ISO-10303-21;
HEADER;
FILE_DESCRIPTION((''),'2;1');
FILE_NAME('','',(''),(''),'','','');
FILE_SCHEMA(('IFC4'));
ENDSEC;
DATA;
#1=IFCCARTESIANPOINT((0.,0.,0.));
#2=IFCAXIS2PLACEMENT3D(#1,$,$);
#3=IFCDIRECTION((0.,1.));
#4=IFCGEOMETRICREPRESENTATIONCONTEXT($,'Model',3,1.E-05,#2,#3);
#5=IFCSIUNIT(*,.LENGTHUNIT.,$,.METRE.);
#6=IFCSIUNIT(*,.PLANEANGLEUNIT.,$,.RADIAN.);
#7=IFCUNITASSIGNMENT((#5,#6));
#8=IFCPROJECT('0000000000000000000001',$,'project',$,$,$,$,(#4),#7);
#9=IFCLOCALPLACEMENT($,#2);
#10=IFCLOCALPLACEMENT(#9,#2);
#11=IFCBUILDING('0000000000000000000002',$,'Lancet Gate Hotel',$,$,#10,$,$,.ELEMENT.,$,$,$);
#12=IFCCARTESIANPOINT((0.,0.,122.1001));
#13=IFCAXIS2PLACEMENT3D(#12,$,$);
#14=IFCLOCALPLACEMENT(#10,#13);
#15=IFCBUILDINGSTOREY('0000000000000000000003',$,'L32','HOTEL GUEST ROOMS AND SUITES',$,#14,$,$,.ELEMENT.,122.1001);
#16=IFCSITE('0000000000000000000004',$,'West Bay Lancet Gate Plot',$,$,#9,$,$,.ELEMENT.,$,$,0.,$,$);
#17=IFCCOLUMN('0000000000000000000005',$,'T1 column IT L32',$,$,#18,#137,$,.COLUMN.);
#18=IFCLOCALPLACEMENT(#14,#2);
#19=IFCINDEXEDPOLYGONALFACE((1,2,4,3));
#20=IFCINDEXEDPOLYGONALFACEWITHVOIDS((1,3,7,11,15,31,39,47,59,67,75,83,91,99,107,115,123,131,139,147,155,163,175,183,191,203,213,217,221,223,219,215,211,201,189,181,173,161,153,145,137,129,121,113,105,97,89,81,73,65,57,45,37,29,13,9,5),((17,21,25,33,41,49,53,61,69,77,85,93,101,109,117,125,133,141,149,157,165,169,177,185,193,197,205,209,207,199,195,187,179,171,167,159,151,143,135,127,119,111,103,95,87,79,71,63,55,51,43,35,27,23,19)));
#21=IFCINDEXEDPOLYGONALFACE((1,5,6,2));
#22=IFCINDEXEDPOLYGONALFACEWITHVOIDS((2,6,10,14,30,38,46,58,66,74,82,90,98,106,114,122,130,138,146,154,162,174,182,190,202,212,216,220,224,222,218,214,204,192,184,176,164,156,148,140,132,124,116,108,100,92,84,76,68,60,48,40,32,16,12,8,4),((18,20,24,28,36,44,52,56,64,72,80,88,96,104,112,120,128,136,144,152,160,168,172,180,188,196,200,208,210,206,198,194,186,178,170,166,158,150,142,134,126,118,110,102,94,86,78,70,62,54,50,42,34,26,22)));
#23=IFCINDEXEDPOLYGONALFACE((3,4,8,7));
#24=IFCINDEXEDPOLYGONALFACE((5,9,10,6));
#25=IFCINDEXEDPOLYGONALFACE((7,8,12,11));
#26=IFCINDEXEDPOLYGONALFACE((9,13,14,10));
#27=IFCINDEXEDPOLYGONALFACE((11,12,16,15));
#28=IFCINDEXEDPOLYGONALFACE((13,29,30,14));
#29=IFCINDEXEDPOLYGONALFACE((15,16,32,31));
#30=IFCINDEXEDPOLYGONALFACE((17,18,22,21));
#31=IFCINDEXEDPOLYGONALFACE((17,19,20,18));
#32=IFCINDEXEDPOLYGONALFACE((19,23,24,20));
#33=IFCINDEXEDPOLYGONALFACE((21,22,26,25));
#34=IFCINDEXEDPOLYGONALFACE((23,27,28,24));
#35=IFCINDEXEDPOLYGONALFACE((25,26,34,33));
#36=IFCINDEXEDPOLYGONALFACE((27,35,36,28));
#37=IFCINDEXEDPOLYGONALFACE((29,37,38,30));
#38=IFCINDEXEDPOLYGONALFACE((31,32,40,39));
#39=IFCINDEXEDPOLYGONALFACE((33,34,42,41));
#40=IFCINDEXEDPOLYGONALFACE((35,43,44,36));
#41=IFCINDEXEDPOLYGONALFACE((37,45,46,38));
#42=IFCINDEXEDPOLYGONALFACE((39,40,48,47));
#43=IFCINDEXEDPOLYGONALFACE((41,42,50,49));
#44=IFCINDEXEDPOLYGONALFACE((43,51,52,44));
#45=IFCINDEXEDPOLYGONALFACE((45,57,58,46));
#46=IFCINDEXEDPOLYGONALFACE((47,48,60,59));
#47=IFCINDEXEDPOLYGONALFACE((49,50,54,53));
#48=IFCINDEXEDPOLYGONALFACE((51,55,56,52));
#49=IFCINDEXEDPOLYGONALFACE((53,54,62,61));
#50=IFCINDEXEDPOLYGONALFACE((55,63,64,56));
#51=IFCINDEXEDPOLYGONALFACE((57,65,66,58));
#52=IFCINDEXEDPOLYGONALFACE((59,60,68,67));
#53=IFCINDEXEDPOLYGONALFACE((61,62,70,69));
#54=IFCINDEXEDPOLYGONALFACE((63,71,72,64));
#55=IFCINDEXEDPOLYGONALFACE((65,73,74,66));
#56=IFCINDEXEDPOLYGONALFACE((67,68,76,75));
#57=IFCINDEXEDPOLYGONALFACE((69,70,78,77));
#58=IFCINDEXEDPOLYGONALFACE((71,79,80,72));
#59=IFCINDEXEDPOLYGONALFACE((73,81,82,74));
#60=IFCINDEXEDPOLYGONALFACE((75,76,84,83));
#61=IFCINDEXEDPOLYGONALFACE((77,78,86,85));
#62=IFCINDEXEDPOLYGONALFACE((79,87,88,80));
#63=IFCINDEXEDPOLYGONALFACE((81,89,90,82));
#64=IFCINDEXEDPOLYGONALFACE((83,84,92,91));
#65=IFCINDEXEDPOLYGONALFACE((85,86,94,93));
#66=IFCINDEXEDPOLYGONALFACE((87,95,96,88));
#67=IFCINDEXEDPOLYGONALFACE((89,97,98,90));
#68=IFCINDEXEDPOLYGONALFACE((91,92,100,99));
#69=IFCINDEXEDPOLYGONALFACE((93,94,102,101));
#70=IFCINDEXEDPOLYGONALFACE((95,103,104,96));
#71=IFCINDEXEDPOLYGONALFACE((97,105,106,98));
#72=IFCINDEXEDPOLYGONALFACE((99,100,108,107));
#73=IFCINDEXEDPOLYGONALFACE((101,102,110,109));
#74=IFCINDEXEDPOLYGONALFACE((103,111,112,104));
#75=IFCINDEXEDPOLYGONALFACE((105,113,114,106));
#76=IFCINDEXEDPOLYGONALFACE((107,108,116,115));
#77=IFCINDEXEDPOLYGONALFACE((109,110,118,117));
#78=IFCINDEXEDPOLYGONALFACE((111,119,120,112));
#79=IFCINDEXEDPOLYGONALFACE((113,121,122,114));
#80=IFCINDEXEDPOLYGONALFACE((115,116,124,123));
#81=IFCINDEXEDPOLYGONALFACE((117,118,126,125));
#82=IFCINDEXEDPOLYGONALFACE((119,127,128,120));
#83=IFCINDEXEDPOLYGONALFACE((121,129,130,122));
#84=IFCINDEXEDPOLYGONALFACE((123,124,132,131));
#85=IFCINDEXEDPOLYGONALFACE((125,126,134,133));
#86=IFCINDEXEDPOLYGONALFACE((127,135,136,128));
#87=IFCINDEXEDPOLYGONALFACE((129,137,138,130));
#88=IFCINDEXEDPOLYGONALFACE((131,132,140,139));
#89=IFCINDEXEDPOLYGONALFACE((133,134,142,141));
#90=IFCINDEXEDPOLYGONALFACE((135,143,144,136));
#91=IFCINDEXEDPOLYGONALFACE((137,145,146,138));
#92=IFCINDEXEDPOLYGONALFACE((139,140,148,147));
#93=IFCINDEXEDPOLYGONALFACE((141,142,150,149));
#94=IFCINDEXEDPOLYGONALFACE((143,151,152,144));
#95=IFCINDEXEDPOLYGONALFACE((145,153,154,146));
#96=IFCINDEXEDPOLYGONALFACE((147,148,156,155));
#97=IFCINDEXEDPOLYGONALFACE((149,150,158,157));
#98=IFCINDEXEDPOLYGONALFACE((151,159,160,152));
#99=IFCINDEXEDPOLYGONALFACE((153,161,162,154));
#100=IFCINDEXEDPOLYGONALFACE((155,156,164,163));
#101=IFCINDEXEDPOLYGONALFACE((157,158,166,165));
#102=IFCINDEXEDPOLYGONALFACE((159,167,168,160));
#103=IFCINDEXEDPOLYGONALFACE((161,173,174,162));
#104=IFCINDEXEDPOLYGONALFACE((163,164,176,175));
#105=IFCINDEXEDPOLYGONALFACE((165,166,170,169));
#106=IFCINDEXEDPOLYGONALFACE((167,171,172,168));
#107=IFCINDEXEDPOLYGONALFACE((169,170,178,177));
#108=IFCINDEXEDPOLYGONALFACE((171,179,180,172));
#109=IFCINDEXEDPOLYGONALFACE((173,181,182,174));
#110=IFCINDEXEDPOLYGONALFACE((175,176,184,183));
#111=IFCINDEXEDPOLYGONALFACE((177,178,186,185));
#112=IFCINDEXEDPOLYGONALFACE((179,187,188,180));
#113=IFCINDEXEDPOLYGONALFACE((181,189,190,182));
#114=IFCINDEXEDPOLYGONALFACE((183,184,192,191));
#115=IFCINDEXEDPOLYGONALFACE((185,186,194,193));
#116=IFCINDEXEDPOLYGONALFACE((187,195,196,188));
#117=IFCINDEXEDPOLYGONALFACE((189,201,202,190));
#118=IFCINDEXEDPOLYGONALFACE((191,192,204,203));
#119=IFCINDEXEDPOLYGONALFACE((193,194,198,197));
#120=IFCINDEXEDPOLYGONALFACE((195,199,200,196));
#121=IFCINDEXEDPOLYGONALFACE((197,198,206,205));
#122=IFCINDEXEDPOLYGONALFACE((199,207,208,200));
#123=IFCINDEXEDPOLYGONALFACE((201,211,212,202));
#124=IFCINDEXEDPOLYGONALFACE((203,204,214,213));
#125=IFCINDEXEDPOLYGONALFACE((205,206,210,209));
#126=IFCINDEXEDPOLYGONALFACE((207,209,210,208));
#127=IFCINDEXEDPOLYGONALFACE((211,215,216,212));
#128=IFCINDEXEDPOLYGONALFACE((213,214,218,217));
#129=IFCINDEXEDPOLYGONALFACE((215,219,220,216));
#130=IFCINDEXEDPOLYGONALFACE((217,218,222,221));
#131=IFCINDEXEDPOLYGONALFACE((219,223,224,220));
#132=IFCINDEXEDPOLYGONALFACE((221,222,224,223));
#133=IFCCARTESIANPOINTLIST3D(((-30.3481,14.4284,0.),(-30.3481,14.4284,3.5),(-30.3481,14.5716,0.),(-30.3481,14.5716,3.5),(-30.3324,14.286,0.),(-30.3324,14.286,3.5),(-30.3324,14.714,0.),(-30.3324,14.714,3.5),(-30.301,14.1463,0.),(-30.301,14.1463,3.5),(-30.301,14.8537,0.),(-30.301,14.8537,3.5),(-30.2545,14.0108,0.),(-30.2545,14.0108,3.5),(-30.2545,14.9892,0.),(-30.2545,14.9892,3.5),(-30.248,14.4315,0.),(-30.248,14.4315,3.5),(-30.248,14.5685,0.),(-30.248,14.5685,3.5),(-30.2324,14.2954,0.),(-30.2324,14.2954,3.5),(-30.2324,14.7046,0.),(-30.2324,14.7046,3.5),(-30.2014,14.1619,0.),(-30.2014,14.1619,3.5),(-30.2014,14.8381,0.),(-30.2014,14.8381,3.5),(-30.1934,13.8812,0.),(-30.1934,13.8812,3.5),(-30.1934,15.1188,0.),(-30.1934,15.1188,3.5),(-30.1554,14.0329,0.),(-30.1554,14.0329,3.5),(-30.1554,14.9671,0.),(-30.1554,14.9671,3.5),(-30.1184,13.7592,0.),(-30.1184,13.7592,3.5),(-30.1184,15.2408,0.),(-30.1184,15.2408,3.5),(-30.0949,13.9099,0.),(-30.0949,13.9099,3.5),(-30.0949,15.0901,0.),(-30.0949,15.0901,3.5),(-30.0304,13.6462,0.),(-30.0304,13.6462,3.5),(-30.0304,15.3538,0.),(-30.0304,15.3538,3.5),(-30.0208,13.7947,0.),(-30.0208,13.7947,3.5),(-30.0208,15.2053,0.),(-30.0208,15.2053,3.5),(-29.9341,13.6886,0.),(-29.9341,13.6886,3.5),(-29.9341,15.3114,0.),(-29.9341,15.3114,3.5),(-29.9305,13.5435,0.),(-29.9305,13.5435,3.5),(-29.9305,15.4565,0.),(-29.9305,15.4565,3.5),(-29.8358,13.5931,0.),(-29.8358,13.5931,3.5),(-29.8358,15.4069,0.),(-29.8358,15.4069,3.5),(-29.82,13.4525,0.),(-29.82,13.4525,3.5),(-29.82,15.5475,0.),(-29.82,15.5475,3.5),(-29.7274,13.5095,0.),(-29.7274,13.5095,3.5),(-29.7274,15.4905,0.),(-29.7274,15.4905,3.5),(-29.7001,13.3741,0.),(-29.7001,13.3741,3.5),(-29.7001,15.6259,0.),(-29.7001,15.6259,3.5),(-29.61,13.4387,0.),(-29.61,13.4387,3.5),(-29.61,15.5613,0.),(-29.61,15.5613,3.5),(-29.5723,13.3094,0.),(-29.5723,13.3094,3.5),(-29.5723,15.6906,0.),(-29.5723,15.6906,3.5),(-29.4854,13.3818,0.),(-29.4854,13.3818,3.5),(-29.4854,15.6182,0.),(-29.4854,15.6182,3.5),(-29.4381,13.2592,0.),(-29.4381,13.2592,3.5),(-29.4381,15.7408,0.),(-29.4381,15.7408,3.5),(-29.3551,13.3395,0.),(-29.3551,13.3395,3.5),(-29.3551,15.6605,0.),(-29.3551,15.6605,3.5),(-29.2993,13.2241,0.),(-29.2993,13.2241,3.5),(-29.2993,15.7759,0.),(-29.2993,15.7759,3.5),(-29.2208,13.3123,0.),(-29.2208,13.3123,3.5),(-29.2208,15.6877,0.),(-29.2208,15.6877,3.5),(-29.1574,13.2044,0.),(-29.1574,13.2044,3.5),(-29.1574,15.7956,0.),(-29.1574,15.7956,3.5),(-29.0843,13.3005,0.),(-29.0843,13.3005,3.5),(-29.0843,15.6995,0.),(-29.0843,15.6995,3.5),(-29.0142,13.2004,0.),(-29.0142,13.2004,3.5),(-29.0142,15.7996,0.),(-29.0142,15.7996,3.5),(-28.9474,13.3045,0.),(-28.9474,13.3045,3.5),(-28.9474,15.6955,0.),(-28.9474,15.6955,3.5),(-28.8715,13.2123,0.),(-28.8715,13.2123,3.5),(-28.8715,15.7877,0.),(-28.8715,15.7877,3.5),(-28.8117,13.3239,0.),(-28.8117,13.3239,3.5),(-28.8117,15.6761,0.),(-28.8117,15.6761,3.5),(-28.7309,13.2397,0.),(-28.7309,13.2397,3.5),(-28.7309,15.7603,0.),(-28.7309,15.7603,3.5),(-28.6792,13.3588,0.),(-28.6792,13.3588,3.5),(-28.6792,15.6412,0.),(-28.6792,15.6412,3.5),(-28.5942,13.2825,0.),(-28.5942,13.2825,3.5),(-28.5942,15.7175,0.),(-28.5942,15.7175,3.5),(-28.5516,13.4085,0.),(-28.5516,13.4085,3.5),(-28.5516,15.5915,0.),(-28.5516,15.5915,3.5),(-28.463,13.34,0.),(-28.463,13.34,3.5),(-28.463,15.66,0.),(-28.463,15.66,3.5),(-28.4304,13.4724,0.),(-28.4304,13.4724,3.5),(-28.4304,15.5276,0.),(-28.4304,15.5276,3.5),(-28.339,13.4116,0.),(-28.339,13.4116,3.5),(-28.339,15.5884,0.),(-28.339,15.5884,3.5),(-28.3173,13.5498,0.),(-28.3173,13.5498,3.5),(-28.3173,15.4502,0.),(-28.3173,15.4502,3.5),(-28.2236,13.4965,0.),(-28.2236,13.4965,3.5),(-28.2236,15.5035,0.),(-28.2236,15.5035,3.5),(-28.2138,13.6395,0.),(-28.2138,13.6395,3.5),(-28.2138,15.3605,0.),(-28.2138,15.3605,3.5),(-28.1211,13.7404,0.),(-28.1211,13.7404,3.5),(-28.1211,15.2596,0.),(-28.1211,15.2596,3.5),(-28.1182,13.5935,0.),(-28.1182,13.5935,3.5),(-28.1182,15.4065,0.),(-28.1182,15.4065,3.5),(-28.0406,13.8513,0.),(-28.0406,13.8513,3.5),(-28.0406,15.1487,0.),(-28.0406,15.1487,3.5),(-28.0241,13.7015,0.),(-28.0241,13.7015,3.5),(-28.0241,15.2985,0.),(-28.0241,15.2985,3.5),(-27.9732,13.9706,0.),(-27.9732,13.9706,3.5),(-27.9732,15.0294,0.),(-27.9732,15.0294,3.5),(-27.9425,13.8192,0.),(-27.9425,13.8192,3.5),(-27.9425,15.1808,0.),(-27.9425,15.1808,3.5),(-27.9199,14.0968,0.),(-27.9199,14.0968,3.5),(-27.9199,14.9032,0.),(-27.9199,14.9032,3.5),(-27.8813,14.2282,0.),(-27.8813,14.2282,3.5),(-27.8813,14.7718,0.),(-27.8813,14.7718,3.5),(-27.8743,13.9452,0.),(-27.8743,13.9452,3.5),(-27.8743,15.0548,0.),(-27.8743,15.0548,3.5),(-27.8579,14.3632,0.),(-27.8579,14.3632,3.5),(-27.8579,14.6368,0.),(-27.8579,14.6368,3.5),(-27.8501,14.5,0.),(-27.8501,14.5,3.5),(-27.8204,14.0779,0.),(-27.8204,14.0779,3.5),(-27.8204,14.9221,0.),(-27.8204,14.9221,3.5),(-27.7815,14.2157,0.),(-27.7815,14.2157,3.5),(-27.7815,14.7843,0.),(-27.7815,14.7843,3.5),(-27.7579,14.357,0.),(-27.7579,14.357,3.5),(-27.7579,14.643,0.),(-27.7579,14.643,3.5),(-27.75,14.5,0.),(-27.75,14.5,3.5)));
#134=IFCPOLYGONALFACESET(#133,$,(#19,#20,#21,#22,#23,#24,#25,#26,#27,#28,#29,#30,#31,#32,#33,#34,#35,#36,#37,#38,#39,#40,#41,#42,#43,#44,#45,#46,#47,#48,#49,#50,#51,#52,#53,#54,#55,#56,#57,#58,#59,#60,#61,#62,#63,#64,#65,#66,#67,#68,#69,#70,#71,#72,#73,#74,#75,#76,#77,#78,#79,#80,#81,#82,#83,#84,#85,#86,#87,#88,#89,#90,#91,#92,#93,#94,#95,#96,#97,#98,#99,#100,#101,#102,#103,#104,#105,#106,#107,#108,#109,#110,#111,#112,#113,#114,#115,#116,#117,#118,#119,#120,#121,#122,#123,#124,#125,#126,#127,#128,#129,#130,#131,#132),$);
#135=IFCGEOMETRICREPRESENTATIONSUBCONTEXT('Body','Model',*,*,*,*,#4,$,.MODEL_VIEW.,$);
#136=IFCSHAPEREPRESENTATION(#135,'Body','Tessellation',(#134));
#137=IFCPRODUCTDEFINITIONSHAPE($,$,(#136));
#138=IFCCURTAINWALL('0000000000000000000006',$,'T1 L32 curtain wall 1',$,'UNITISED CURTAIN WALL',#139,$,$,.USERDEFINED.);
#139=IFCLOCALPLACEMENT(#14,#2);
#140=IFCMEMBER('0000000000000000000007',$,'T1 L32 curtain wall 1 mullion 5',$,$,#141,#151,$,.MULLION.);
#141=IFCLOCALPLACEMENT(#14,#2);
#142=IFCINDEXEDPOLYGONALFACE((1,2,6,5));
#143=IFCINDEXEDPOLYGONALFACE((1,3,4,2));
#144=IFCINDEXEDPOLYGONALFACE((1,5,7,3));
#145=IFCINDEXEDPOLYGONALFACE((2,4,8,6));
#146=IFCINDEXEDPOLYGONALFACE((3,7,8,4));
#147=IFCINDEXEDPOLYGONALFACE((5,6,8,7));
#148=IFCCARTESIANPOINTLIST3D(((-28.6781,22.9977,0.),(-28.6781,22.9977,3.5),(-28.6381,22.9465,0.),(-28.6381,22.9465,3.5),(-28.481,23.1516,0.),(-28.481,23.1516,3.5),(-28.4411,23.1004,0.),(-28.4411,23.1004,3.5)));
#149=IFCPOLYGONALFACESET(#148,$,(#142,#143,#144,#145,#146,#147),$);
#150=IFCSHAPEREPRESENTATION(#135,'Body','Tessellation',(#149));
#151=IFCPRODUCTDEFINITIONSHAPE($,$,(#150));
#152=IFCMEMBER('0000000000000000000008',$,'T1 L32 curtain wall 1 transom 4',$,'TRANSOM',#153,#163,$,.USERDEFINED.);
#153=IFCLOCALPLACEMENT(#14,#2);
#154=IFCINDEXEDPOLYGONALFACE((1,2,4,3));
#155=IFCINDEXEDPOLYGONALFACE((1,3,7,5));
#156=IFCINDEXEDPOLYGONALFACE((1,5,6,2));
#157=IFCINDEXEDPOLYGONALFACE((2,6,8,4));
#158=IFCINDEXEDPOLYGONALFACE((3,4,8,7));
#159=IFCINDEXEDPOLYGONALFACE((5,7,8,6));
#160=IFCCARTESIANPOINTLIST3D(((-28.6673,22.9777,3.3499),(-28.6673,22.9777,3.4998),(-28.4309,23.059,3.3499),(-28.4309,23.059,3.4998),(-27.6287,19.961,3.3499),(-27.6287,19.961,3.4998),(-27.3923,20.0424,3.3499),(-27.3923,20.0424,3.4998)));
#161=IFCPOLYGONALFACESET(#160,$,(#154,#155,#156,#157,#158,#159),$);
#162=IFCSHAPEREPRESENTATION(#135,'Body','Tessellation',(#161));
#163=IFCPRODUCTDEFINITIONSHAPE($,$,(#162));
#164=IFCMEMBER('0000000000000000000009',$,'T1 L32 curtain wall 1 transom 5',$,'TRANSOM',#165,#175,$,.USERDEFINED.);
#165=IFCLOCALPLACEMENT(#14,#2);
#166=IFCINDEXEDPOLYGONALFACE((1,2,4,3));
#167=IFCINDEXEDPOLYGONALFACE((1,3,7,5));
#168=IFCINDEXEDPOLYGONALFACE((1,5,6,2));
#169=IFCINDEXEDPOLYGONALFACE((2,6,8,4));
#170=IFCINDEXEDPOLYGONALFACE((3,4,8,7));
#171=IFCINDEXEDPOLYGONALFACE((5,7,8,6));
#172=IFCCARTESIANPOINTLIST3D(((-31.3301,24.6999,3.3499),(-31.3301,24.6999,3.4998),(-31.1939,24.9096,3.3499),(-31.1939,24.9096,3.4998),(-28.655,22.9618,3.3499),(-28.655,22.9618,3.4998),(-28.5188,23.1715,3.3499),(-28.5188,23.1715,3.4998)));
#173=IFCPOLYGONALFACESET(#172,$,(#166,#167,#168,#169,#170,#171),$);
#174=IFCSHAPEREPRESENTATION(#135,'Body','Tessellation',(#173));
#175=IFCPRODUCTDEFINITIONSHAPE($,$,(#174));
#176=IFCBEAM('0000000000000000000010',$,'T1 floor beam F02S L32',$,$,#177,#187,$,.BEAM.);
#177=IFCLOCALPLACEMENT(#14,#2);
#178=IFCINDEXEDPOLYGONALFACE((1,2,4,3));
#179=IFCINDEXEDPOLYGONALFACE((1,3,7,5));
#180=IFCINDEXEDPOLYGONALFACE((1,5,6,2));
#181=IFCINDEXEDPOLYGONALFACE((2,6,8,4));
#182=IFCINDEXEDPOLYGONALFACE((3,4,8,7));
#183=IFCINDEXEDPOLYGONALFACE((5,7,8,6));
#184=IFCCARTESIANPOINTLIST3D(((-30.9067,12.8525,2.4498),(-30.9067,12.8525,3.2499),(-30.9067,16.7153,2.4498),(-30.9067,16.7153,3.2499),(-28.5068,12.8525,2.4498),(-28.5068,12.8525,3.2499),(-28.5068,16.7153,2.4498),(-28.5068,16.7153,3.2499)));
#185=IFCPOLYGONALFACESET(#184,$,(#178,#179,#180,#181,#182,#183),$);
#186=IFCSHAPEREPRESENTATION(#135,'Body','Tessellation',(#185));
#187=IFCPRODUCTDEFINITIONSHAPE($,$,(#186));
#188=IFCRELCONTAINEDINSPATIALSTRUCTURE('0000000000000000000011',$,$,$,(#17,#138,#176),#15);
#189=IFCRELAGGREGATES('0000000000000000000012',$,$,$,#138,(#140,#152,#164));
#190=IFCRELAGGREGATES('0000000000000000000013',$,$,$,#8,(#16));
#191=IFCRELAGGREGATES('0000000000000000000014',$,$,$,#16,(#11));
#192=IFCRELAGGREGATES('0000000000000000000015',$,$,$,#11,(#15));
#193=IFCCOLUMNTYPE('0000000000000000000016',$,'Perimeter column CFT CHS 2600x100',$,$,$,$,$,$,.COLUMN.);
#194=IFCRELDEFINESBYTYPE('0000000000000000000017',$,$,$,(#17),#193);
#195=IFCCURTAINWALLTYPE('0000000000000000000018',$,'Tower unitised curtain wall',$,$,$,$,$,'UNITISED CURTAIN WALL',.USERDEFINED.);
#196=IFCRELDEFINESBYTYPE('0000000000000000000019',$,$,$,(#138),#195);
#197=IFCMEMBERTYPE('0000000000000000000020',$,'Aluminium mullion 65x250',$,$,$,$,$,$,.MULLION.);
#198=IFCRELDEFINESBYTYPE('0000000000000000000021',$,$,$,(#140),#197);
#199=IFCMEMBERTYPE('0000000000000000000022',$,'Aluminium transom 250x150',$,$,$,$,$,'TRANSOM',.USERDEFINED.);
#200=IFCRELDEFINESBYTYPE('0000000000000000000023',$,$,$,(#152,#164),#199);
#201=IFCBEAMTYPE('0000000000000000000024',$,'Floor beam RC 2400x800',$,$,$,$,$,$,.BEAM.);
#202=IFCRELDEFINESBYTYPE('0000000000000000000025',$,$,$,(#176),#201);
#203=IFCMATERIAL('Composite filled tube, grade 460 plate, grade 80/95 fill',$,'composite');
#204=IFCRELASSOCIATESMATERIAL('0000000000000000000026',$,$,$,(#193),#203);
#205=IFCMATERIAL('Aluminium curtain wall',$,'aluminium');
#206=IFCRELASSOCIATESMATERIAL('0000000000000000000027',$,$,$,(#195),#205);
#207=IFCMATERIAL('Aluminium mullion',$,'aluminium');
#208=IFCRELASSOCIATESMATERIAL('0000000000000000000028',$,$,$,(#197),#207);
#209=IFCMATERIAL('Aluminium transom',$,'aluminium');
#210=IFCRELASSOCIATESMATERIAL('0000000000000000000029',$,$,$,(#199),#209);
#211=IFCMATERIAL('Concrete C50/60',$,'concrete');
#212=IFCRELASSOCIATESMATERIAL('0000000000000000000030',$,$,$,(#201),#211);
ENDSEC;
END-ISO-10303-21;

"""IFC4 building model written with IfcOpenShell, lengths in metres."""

from ifc_helpers import new_model, si_unit, direction, frame, origin, origin_2d, place, context, subcontext, project, spatial, rectangle, hollow_circle, extrude, material, material_profile, profile_set, type_object, element, aggregate, save


model = new_model("IFC4")

# Units and contexts
model_context = context("Model", 3, precision=1e-05, world=origin(), true_north=direction((0.0, 1.0)))
body_context = subcontext(model_context, "Body", "Model", "MODEL_VIEW")
ifc_project = project(units=[si_unit("LENGTHUNIT", "METRE"), si_unit("PLANEANGLEUNIT", "RADIAN")], contexts=[model_context])

# Site, building, storey
site_placement = place(None, origin())
site = spatial("IfcSite", under=ifc_project, at=site_placement, Name="West Bay Lancet Gate Plot", CompositionType="ELEMENT", RefElevation=0.0)
building_placement = place(site_placement, origin())
building = spatial("IfcBuilding", under=site, at=building_placement, Name="Lancet Gate Hotel", CompositionType="ELEMENT")
storey_placement = place(building_placement, frame((0.0, 0.0, 122.1001)))
storey = spatial("IfcBuildingStorey", under=building, at=storey_placement, Name="L32", Description="HOTEL GUEST ROOMS AND SUITES", CompositionType="ELEMENT", Elevation=122.1001)

# Column
ifc_material_1 = material(Name="Composite filled tube, grade 460 plate, grade 80/95 fill", Category="composite")
ifc_material_profile_1 = material_profile(ifc_material_1, hollow_circle(Radius=1.3, WallThickness=0.1001, at=origin_2d()), Name="CHS 2600x100")
ifc_profile_set_1 = profile_set([ifc_material_profile_1], Name="Composite filled tube, grade 460 plate, grade 80/95 fill")
column_type = type_object("IfcColumnType", Name="Perimeter column CFT CHS 2600x100", PredefinedType="COLUMN", material=ifc_profile_set_1)
for number, where, z_axis, x_axis, name in (
    (1, (-29.05, 14.5, 0.0), (0.0, 0.0, 1.0), (1.0, 0.0, 0.0), "T1 column IT L32"),
):
    element("IfcColumn", number, at=place(storey_placement, frame(where, z_axis=z_axis, x_axis=x_axis)), inside=storey, type_object=column_type, Name=name, PredefinedType="COLUMN", context=body_context, shape_type="SweptSolid", body=[
        extrude(hollow_circle(Radius=1.3, WallThickness=0.1001, at=origin_2d()), origin(), (0.0, 0.0, 1.0), 3.5),
    ])

# Curtain wall, members
ifc_material_2 = material(Name="Aluminium curtain wall", Category="aluminium")
curtain_wall_type = type_object("IfcCurtainWallType", Name="Tower unitised curtain wall", ElementType="UNITISED CURTAIN WALL", PredefinedType="USERDEFINED", material=ifc_material_2)
curtain_wall_placement = place(storey_placement, origin())
curtain_wall = element("IfcCurtainWall", 2, at=curtain_wall_placement, inside=storey, type_object=curtain_wall_type, Name="T1 L32 curtain wall 1", ObjectType="UNITISED CURTAIN WALL", PredefinedType="USERDEFINED")
ifc_material_3 = material(Name="Aluminium mullion", Category="aluminium")
ifc_material_profile_2 = material_profile(ifc_material_3, rectangle(XDim=0.0649, YDim=0.25, at=origin_2d()), Name="MULLION 65x250")
ifc_profile_set_2 = profile_set([ifc_material_profile_2], Name="Aluminium mullion")
member_type_1 = type_object("IfcMemberType", Name="Aluminium mullion 65x250", PredefinedType="MULLION", material=ifc_profile_set_2)
member_1_placement = place(storey_placement, frame((-28.5596, 23.0491, 0.0), z_axis=(0.0, 0.0, 1.0), x_axis=(-0.615574, 0.788079, 0.0)))
member_1 = element("IfcMember", 3, at=member_1_placement, type_object=member_type_1, Name="T1 L32 curtain wall 1 mullion 5", PredefinedType="MULLION", context=body_context, shape_type="SweptSolid", body=[
    extrude(rectangle(XDim=0.0649, YDim=0.25, at=origin_2d()), origin(), (0.0, 0.0, 1.0), 3.5),
])
ifc_material_4 = material(Name="Aluminium transom", Category="aluminium")
ifc_material_profile_3 = material_profile(ifc_material_4, rectangle(XDim=0.25, YDim=0.1499, at=origin_2d()), Name="TRANSOM 250x150")
ifc_profile_set_3 = profile_set([ifc_material_profile_3], Name="Aluminium transom")
member_type_2 = type_object("IfcMemberType", Name="Aluminium transom 250x150", ElementType="TRANSOM", PredefinedType="USERDEFINED", material=ifc_profile_set_3)
member_2_placement = place(storey_placement, frame((-27.5105, 20.0017, 3.4248), z_axis=(-0.325533, 0.945531, 0.0), x_axis=(-0.945531, -0.325533, 0.0)))
member_2 = element("IfcMember", 4, at=member_2_placement, type_object=member_type_2, Name="T1 L32 curtain wall 1 transom 4", ObjectType="TRANSOM", PredefinedType="USERDEFINED", context=body_context, shape_type="SweptSolid", body=[
    extrude(rectangle(XDim=0.25, YDim=0.1499, at=origin_2d()), origin(), (0.0, 0.0, 1.0), 3.1904),
])
member_3_placement = place(storey_placement, frame((-28.5869, 23.0667, 3.4248), z_axis=(-0.83855, 0.544824, 0.0), x_axis=(-0.544824, -0.83855, 0.0)))
member_3 = element("IfcMember", 5, at=member_3_placement, type_object=member_type_2, Name="T1 L32 curtain wall 1 transom 5", ObjectType="TRANSOM", PredefinedType="USERDEFINED", context=body_context, shape_type="SweptSolid", body=[
    extrude(rectangle(XDim=0.25, YDim=0.1499, at=origin_2d()), origin(), (0.0, 0.0, 1.0), 3.1902),
])

# Beam
ifc_material_5 = material(Name="Concrete C50/60", Category="concrete")
ifc_material_profile_4 = material_profile(ifc_material_5, rectangle(XDim=2.3999, YDim=0.8, at=origin_2d()), Name="RC 2400x800")
ifc_profile_set_4 = profile_set([ifc_material_profile_4], Name="Concrete C50/60")
beam_type_1 = type_object("IfcBeamType", Name="Floor beam RC 2400x800", PredefinedType="BEAM", material=ifc_profile_set_4)
beam_1_placement = place(storey_placement, frame((-29.7068, 16.7153, 2.8499), z_axis=(0.0, -1.0, 0.0), x_axis=(1.0, 0.0, 0.0)))
element("IfcBeam", 6, at=beam_1_placement, inside=storey, type_object=beam_type_1, Name="T1 floor beam F02S L32", PredefinedType="BEAM", context=body_context, shape_type="SweptSolid", body=[
    extrude(rectangle(XDim=2.3999, YDim=0.8, at=origin_2d()), origin(), (0.0, 0.0, 1.0), 3.8628),
])

aggregate(curtain_wall, [member_1, member_2, member_3])

save(model, "model.ifc")
